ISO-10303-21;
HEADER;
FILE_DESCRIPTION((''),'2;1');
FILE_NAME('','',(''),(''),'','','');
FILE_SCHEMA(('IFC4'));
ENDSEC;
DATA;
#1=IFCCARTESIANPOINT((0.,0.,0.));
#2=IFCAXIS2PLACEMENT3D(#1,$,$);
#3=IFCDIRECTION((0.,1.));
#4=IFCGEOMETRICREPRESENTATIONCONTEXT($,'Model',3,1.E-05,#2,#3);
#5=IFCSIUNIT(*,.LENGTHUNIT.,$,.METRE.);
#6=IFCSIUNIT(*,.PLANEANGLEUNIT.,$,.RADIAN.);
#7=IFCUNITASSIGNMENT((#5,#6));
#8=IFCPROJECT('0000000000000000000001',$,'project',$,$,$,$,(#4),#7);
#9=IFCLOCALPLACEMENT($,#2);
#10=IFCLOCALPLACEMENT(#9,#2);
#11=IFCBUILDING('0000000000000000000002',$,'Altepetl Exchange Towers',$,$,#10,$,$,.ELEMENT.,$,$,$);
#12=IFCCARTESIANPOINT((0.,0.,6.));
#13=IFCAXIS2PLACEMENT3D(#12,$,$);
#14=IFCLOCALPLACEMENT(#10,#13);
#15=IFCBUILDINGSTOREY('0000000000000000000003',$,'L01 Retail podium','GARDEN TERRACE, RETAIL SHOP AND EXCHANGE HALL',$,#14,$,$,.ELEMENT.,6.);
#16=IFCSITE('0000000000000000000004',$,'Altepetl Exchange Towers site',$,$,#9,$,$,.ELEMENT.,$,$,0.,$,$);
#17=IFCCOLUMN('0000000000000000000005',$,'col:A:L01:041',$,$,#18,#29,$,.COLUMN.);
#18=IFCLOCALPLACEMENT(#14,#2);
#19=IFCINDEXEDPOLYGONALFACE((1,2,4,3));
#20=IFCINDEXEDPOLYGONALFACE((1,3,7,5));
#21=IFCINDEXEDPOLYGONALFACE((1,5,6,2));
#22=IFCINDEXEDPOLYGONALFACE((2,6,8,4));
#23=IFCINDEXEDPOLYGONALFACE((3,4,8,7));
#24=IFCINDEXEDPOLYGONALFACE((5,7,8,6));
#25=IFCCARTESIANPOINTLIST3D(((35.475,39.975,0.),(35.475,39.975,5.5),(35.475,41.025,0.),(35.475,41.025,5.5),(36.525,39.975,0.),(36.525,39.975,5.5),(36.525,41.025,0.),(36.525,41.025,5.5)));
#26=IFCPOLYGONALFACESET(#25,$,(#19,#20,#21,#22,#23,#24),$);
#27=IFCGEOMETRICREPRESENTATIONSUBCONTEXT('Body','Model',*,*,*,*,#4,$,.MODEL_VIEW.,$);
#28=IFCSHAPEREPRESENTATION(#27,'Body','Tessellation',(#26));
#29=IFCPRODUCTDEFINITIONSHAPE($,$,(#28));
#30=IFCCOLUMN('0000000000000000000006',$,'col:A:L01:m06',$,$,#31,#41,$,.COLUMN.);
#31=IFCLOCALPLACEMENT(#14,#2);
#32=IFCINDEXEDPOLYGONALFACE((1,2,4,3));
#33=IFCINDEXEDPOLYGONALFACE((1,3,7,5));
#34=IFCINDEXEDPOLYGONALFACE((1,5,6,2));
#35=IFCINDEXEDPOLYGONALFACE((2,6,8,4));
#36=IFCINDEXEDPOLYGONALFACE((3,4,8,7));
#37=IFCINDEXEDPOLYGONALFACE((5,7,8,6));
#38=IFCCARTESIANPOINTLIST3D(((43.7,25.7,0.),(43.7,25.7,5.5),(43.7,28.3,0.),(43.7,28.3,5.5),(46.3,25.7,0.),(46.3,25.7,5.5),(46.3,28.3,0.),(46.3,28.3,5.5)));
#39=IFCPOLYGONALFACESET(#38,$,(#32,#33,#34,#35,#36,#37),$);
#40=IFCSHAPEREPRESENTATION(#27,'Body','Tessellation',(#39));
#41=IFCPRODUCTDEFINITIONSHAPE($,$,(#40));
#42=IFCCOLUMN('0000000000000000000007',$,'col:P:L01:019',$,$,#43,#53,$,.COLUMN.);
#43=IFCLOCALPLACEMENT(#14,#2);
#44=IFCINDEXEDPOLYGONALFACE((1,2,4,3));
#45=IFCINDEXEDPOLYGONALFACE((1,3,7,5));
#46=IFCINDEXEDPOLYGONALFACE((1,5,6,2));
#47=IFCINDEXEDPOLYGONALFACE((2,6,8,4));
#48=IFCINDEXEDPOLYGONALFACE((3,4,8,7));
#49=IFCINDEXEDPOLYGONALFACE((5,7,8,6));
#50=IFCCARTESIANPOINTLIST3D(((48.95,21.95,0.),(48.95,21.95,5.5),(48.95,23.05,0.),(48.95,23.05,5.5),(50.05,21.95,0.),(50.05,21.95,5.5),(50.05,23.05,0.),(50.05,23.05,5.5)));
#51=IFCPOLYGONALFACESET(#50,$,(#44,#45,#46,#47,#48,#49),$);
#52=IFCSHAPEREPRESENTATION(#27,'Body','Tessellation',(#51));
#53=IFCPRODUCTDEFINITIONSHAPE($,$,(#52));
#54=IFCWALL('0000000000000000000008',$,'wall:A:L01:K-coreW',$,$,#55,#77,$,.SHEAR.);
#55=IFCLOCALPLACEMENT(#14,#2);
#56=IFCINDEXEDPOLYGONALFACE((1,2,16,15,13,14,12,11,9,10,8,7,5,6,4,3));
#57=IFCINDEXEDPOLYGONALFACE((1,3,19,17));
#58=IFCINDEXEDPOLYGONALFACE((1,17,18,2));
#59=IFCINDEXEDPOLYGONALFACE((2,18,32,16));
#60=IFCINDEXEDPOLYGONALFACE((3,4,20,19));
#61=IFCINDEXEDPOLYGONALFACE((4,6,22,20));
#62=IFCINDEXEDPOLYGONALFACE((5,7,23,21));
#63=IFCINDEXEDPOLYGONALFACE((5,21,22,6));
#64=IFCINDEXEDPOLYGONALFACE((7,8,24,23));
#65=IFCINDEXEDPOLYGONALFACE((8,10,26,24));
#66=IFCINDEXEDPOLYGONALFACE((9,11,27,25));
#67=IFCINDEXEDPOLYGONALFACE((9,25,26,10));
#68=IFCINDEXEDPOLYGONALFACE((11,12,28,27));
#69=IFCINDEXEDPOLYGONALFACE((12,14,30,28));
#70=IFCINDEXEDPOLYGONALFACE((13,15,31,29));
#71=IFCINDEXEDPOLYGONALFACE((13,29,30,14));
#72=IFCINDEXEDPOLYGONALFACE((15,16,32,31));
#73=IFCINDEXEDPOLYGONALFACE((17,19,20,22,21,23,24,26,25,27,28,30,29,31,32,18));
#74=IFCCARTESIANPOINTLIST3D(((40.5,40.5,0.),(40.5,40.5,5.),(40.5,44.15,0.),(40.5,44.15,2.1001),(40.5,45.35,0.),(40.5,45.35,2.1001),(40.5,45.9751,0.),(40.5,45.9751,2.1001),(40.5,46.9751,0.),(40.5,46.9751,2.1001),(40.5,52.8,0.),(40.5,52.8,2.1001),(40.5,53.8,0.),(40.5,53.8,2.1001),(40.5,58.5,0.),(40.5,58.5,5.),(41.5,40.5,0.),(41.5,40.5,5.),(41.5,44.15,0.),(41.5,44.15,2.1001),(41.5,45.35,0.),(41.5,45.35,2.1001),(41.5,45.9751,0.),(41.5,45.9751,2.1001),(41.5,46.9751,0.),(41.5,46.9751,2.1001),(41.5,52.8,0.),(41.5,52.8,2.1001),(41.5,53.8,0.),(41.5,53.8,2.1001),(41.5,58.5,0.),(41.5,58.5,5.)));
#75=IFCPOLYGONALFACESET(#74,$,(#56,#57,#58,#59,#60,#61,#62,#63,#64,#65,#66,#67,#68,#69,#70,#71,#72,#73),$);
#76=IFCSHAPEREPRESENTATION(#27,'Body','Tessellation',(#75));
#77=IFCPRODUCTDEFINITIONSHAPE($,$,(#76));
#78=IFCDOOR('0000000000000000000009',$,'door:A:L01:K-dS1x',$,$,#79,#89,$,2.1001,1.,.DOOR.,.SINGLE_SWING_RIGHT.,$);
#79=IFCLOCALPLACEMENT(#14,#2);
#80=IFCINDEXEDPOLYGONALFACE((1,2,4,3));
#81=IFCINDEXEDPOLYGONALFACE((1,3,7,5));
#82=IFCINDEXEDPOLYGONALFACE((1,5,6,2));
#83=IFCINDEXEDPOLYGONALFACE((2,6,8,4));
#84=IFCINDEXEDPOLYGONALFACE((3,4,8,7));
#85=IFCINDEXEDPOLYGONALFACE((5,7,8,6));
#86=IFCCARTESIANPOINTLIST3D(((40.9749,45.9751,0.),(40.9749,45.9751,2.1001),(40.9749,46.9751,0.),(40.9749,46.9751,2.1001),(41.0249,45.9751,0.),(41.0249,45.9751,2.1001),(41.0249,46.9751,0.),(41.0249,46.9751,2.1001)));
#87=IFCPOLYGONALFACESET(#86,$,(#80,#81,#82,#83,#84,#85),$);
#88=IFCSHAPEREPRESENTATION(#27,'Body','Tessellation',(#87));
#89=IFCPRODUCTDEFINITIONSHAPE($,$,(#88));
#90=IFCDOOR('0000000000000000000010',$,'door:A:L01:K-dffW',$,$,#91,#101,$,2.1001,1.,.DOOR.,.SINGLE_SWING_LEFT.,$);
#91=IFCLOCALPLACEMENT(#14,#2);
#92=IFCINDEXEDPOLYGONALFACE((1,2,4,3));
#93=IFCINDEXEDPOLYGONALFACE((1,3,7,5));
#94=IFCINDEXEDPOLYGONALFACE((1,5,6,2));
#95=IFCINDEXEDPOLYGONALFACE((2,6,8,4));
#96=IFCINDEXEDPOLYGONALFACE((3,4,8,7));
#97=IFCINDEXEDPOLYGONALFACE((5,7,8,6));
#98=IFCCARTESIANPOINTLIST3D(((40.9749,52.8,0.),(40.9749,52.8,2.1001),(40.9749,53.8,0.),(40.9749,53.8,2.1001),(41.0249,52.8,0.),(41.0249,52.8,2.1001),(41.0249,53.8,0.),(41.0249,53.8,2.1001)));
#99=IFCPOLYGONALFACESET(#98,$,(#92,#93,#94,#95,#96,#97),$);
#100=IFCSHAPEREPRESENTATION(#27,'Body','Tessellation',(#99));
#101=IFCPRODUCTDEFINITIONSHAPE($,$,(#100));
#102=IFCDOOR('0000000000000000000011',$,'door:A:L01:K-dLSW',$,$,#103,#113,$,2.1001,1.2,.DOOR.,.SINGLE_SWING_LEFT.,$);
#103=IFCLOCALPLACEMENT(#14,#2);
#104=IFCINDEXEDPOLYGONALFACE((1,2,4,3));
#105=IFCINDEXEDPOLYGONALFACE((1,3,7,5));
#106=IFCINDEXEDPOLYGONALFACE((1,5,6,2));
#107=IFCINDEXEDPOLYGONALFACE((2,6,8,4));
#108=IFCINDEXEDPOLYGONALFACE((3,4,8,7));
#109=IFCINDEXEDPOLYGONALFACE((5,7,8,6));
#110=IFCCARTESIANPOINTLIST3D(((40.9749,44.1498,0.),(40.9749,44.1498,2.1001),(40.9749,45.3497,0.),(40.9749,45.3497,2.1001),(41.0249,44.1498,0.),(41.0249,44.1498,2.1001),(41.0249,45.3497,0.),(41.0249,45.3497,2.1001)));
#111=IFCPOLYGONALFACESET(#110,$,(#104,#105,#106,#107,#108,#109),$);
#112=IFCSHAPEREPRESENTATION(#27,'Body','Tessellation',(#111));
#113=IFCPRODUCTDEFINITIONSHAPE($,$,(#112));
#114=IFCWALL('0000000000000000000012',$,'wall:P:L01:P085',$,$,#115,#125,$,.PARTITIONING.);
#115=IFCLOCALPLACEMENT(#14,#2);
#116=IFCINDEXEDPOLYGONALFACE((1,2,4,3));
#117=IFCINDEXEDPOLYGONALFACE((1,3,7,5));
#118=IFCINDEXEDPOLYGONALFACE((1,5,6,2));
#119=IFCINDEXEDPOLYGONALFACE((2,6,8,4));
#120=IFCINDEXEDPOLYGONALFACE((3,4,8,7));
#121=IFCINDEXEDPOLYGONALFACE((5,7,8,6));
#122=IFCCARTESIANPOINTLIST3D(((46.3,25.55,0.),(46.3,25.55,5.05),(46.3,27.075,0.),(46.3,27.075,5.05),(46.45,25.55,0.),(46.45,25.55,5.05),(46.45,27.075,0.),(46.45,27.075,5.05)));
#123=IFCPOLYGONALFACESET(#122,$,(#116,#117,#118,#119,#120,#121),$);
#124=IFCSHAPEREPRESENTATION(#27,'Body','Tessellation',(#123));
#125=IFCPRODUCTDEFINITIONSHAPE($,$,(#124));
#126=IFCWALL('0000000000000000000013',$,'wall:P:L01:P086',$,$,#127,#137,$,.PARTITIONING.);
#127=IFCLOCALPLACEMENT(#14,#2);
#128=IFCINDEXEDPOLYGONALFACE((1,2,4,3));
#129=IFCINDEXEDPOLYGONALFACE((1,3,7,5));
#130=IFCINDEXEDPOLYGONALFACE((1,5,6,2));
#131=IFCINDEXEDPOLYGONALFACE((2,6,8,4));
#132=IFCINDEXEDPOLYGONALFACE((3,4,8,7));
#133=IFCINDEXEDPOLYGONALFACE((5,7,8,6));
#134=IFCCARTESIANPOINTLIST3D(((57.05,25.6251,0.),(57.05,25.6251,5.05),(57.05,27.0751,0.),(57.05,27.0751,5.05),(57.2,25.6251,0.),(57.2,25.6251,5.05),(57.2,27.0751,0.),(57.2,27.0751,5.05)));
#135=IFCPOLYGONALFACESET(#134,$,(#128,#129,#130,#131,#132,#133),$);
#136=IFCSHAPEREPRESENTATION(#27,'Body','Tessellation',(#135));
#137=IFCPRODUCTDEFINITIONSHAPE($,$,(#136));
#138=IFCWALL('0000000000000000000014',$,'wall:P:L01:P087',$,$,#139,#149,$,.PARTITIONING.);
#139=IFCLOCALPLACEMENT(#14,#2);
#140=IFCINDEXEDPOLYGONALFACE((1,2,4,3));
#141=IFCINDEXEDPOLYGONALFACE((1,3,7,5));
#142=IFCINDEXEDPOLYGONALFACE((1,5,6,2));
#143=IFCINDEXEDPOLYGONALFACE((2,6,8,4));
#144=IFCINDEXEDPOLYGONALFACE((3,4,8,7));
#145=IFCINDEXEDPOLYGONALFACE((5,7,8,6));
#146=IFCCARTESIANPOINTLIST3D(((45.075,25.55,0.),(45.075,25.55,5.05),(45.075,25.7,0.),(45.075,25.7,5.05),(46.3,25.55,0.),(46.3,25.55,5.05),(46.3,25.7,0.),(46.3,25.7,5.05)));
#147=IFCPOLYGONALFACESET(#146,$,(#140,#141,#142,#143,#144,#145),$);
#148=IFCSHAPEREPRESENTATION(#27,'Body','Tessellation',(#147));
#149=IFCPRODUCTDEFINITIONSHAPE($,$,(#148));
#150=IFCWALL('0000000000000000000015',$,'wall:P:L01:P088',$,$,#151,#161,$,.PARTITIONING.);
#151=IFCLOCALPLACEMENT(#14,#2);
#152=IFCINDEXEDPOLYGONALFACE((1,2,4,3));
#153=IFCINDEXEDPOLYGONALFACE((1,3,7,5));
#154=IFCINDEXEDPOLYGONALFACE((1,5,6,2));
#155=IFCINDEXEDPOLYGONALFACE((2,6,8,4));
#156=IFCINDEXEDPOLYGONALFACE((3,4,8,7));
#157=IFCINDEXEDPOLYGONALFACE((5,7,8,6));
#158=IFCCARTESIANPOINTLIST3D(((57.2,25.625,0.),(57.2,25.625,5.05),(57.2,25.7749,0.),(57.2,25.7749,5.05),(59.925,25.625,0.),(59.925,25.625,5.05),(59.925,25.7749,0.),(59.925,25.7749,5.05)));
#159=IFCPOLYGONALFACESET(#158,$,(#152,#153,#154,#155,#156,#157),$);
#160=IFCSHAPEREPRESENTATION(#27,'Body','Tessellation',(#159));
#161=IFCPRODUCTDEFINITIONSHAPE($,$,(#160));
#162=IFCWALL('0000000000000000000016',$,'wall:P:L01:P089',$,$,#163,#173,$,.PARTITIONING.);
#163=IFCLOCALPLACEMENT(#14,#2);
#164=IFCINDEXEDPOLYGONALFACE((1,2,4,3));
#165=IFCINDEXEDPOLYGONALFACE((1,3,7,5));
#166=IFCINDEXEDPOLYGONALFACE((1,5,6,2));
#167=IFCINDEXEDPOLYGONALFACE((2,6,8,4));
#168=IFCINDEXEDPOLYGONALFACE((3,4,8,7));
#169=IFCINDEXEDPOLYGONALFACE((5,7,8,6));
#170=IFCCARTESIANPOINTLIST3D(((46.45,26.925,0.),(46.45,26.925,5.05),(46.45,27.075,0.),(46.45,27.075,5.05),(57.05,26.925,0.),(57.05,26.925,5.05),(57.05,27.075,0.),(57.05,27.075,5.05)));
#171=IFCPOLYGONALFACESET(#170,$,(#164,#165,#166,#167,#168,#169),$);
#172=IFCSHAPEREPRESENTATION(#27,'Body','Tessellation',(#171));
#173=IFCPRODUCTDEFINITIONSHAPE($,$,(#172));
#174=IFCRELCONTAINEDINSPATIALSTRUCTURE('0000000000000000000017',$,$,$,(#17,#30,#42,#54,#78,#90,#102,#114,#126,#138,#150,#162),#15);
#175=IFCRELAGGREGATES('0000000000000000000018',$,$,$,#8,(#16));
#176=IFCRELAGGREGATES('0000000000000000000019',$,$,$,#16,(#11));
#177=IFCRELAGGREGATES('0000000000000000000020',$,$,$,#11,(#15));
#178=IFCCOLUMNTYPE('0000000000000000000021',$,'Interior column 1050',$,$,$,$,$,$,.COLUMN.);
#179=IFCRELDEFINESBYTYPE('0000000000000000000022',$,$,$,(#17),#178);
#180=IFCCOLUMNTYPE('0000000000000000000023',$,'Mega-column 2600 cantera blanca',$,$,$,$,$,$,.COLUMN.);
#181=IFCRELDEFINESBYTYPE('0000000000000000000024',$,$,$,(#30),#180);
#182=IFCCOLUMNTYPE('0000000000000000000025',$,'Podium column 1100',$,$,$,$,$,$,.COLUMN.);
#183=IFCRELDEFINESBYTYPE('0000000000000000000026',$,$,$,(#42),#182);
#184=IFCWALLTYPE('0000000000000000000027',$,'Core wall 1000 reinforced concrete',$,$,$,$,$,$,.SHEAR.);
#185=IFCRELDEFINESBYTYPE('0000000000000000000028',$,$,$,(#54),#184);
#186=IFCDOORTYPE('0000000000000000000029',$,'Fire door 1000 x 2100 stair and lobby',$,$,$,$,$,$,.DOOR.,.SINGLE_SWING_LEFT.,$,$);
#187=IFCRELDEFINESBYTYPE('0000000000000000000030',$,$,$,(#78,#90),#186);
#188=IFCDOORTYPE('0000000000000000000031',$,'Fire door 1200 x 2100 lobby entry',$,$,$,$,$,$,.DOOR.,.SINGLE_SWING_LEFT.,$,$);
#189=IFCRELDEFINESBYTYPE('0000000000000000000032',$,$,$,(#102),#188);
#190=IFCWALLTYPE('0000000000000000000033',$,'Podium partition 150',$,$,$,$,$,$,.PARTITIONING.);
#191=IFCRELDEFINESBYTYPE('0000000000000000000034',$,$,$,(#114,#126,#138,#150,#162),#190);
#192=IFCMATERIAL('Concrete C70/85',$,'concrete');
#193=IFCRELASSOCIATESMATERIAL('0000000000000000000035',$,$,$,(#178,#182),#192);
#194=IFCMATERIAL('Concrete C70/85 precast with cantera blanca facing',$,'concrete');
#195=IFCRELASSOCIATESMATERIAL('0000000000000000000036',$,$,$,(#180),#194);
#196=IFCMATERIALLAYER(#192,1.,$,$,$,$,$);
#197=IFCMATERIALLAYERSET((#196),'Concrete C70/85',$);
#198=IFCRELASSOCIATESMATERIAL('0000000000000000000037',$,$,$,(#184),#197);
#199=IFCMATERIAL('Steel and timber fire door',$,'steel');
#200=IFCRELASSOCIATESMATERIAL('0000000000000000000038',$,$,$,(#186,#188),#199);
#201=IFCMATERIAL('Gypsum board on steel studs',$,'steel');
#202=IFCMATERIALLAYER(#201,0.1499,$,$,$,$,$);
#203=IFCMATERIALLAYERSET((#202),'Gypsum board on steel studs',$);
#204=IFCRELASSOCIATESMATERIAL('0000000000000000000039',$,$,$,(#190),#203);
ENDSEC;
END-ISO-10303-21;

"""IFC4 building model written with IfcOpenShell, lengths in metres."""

from ifc_helpers import new_model, si_unit, direction, frame, frame_2d, origin, origin_2d, place, context, subcontext, project, spatial, rectangle, extrude, material, layer, layer_set, material_profile, profile_set, type_object, element, fill, save


model = new_model("IFC4")

# Units and contexts
model_context = context("Model", 3, precision=1e-05, world=origin(), true_north=direction((0.0, 1.0)))
body_context = subcontext(model_context, "Body", "Model", "MODEL_VIEW")
ifc_project = project(units=[si_unit("LENGTHUNIT", "METRE"), si_unit("PLANEANGLEUNIT", "RADIAN")], contexts=[model_context])

# Site, building, storey
site_placement = place(None, origin())
site = spatial("IfcSite", under=ifc_project, at=site_placement, Name="Altepetl Exchange Towers site", CompositionType="ELEMENT", RefElevation=0.0)
building_placement = place(site_placement, origin())
building = spatial("IfcBuilding", under=site, at=building_placement, Name="Altepetl Exchange Towers", CompositionType="ELEMENT")
storey_placement = place(building_placement, frame((0.0, 0.0, 6.0)))
storey = spatial("IfcBuildingStorey", under=building, at=storey_placement, Name="L01 Retail podium", Description="GARDEN TERRACE, RETAIL SHOP AND EXCHANGE HALL", CompositionType="ELEMENT", Elevation=6.0)

# Columns
ifc_material_1 = material(Name="Concrete C70/85", Category="concrete")
ifc_material_profile_1 = material_profile(ifc_material_1, rectangle(XDim=1.05, YDim=1.05, at=origin_2d()), Name="1050 x 1050")
ifc_profile_set_1 = profile_set([ifc_material_profile_1], Name="Concrete C70/85")
column_type_1 = type_object("IfcColumnType", Name="Interior column 1050", PredefinedType="COLUMN", material=ifc_profile_set_1)
column_1_placement = place(storey_placement, frame((36.0, 40.5, 0.0)))
element("IfcColumn", 1, at=column_1_placement, inside=storey, type_object=column_type_1, Name="col:A:L01:041", PredefinedType="COLUMN", context=body_context, shape_type="SweptSolid", body=[
    extrude(rectangle(XDim=1.05, YDim=1.05, at=origin_2d()), origin(), (0.0, 0.0, 1.0), 5.5),
])
ifc_material_2 = material(Name="Concrete C70/85 precast with cantera blanca facing", Category="concrete")
ifc_material_profile_2 = material_profile(ifc_material_2, rectangle(XDim=2.6001, YDim=2.6001, at=origin_2d()), Name="2600 x 2600")
ifc_profile_set_2 = profile_set([ifc_material_profile_2], Name="Concrete C70/85 precast with cantera blanca facing")
column_type_2 = type_object("IfcColumnType", Name="Mega-column 2600 cantera blanca", PredefinedType="COLUMN", material=ifc_profile_set_2)
column_2_placement = place(storey_placement, frame((45.0, 27.0, 0.0)))
element("IfcColumn", 2, at=column_2_placement, inside=storey, type_object=column_type_2, Name="col:A:L01:m06", PredefinedType="COLUMN", context=body_context, shape_type="SweptSolid", body=[
    extrude(rectangle(XDim=2.6001, YDim=2.6001, at=origin_2d()), origin(), (0.0, 0.0, 1.0), 5.5),
])
ifc_material_profile_3 = material_profile(ifc_material_1, rectangle(XDim=1.1001, YDim=1.1001, at=origin_2d()), Name="1100 x 1100")
ifc_profile_set_3 = profile_set([ifc_material_profile_3], Name="Concrete C70/85")
column_type_3 = type_object("IfcColumnType", Name="Podium column 1100", PredefinedType="COLUMN", material=ifc_profile_set_3)
column_3_placement = place(storey_placement, frame((49.5, 22.5, 0.0)))
element("IfcColumn", 3, at=column_3_placement, inside=storey, type_object=column_type_3, Name="col:P:L01:019", PredefinedType="COLUMN", context=body_context, shape_type="SweptSolid", body=[
    extrude(rectangle(XDim=1.1001, YDim=1.1001, at=origin_2d()), origin(), (0.0, 0.0, 1.0), 5.5),
])

# Wall, openings, doors
ifc_layer_1 = layer(ifc_material_1, 1.0)
ifc_layer_set_1 = layer_set([ifc_layer_1], Name="Concrete C70/85")
wall_type_1 = type_object("IfcWallType", Name="Core wall 1000 reinforced concrete", PredefinedType="SHEAR", material=ifc_layer_set_1)
wall_1_placement = place(storey_placement, frame((41.0, 40.5, 0.0), z_axis=(0.0, 0.0, 1.0), x_axis=(0.0, 1.0, 0.0)))
wall_1 = element("IfcWall", 4, at=wall_1_placement, inside=storey, type_object=wall_type_1, Name="wall:A:L01:K-coreW", PredefinedType="SHEAR", context=body_context, shape_type="SweptSolid", body=[
    extrude(rectangle(XDim=18.0, YDim=1.0, at=frame_2d((9.0, 0.0))), origin(), (0.0, 0.0, 1.0), 5.0),
])
opening_1_placement = place(wall_1_placement, frame((3.6499, 0.0, 0.0)))
opening_1 = element("IfcOpeningElement", 5, at=opening_1_placement, cuts=wall_1, PredefinedType="OPENING", context=body_context, shape_type="SweptSolid", body=[
    extrude(rectangle(XDim=1.2, YDim=2.1001, at=frame_2d((0.6001, 1.05))), frame((0.0, 0.51, 0.0), z_axis=(0.0, -1.0, 0.0), x_axis=(1.0, 0.0, 0.0)), (0.0, 0.0, 1.0), 1.02),
])
opening_2_placement = place(wall_1_placement, frame((5.4751, 0.0, 0.0)))
opening_2 = element("IfcOpeningElement", 6, at=opening_2_placement, cuts=wall_1, PredefinedType="OPENING", context=body_context, shape_type="SweptSolid", body=[
    extrude(rectangle(XDim=1.0, YDim=2.1001, at=frame_2d((0.5, 1.05))), frame((0.0, 0.51, 0.0), z_axis=(0.0, -1.0, 0.0), x_axis=(1.0, 0.0, 0.0)), (0.0, 0.0, 1.0), 1.02),
])
opening_3_placement = place(wall_1_placement, frame((12.3, 0.0, 0.0)))
opening_3 = element("IfcOpeningElement", 7, at=opening_3_placement, cuts=wall_1, PredefinedType="OPENING", context=body_context, shape_type="SweptSolid", body=[
    extrude(rectangle(XDim=1.0, YDim=2.1001, at=frame_2d((0.5, 1.05))), frame((0.0, 0.51, 0.0), z_axis=(0.0, -1.0, 0.0), x_axis=(1.0, 0.0, 0.0)), (0.0, 0.0, 1.0), 1.02),
])
ifc_material_3 = material(Name="Steel and timber fire door", Category="steel")
door_type_1 = type_object("IfcDoorType", Name="Fire door 1000 x 2100 stair and lobby", OperationType="SINGLE_SWING_LEFT", PredefinedType="DOOR", material=ifc_material_3)
door_1_placement = place(opening_2_placement, frame((1.0, 0.0, 0.0), x_axis=(-1.0, 0.0, 0.0)))
door_1 = element("IfcDoor", 8, at=door_1_placement, inside=storey, type_object=door_type_1, Name="door:A:L01:K-dS1x", OperationType="SINGLE_SWING_RIGHT", OverallHeight=2.1001, OverallWidth=1.0, PredefinedType="DOOR", context=body_context, shape_type="SweptSolid", body=[
    extrude(rectangle(XDim=1.0, YDim=2.1001, at=frame_2d((0.5, 1.05))), frame((0.0, 0.0249, 0.0), z_axis=(0.0, -1.0, 0.0), x_axis=(1.0, 0.0, 0.0)), (0.0, 0.0, 1.0), 0.05),
])
fill(opening_2, door_1)
door_2_placement = place(opening_3_placement, frame((1.0, 0.0, 0.0), x_axis=(-1.0, 0.0, 0.0)))
door_2 = element("IfcDoor", 9, at=door_2_placement, inside=storey, type_object=door_type_1, Name="door:A:L01:K-dffW", OperationType="SINGLE_SWING_LEFT", OverallHeight=2.1001, OverallWidth=1.0, PredefinedType="DOOR", context=body_context, shape_type="SweptSolid", body=[
    extrude(rectangle(XDim=1.0, YDim=2.1001, at=frame_2d((0.5, 1.05))), frame((0.0, 0.0249, 0.0), z_axis=(0.0, -1.0, 0.0), x_axis=(1.0, 0.0, 0.0)), (0.0, 0.0, 1.0), 0.05),
])
fill(opening_3, door_2)
door_type_2 = type_object("IfcDoorType", Name="Fire door 1200 x 2100 lobby entry", OperationType="SINGLE_SWING_LEFT", PredefinedType="DOOR", material=ifc_material_3)
door_3_placement = place(opening_1_placement, frame((1.2, 0.0, 0.0), x_axis=(-1.0, 0.0, 0.0)))
door_3 = element("IfcDoor", 10, at=door_3_placement, inside=storey, type_object=door_type_2, Name="door:A:L01:K-dLSW", OperationType="SINGLE_SWING_LEFT", OverallHeight=2.1001, OverallWidth=1.2, PredefinedType="DOOR", context=body_context, shape_type="SweptSolid", body=[
    extrude(rectangle(XDim=1.2, YDim=2.1001, at=frame_2d((0.6001, 1.05))), frame((0.0, 0.0249, 0.0), z_axis=(0.0, -1.0, 0.0), x_axis=(1.0, 0.0, 0.0)), (0.0, 0.0, 1.0), 0.05),
])
fill(opening_1, door_3)

# Walls
ifc_material_4 = material(Name="Gypsum board on steel studs", Category="steel")
ifc_layer_2 = layer(ifc_material_4, 0.1499)
ifc_layer_set_2 = layer_set([ifc_layer_2], Name="Gypsum board on steel studs")
wall_type_2 = type_object("IfcWallType", Name="Podium partition 150", PredefinedType="PARTITIONING", material=ifc_layer_set_2)
wall_2_placement = place(storey_placement, frame((46.375, 25.55, 0.0), z_axis=(0.0, 0.0, 1.0), x_axis=(0.0, 1.0, 0.0)))
element("IfcWall", 11, at=wall_2_placement, inside=storey, type_object=wall_type_2, Name="wall:P:L01:P085", PredefinedType="PARTITIONING", context=body_context, shape_type="SweptSolid", body=[
    extrude(rectangle(XDim=1.5249, YDim=0.1499, at=frame_2d((0.7625, 0.0))), origin(), (0.0, 0.0, 1.0), 5.05),
])
wall_3_placement = place(storey_placement, frame((57.125, 25.625, 0.0), z_axis=(0.0, 0.0, 1.0), x_axis=(0.0, 1.0, 0.0)))
element("IfcWall", 12, at=wall_3_placement, inside=storey, type_object=wall_type_2, Name="wall:P:L01:P086", PredefinedType="PARTITIONING", context=body_context, shape_type="SweptSolid", body=[
    extrude(rectangle(XDim=1.45, YDim=0.1499, at=frame_2d((0.7251, 0.0))), origin(), (0.0, 0.0, 1.0), 5.05),
])
wall_4_placement = place(storey_placement, frame((45.075, 25.625, 0.0)))
element("IfcWall", 13, at=wall_4_placement, inside=storey, type_object=wall_type_2, Name="wall:P:L01:P087", PredefinedType="PARTITIONING", context=body_context, shape_type="SweptSolid", body=[
    extrude(rectangle(XDim=1.2251, YDim=0.1499, at=frame_2d((0.6125, 0.0))), origin(), (0.0, 0.0, 1.0), 5.05),
])
wall_5_placement = place(storey_placement, frame((57.2, 25.7, 0.0)))
element("IfcWall", 14, at=wall_5_placement, inside=storey, type_object=wall_type_2, Name="wall:P:L01:P088", PredefinedType="PARTITIONING", context=body_context, shape_type="SweptSolid", body=[
    extrude(rectangle(XDim=2.7251, YDim=0.1499, at=frame_2d((1.3625, 0.0))), origin(), (0.0, 0.0, 1.0), 5.05),
])
wall_6_placement = place(storey_placement, frame((46.45, 27.0, 0.0)))
element("IfcWall", 15, at=wall_6_placement, inside=storey, type_object=wall_type_2, Name="wall:P:L01:P089", PredefinedType="PARTITIONING", context=body_context, shape_type="SweptSolid", body=[
    extrude(rectangle(XDim=10.6001, YDim=0.1499, at=frame_2d((5.3, 0.0))), origin(), (0.0, 0.0, 1.0), 5.05),
])

save(model, "model.ifc")
